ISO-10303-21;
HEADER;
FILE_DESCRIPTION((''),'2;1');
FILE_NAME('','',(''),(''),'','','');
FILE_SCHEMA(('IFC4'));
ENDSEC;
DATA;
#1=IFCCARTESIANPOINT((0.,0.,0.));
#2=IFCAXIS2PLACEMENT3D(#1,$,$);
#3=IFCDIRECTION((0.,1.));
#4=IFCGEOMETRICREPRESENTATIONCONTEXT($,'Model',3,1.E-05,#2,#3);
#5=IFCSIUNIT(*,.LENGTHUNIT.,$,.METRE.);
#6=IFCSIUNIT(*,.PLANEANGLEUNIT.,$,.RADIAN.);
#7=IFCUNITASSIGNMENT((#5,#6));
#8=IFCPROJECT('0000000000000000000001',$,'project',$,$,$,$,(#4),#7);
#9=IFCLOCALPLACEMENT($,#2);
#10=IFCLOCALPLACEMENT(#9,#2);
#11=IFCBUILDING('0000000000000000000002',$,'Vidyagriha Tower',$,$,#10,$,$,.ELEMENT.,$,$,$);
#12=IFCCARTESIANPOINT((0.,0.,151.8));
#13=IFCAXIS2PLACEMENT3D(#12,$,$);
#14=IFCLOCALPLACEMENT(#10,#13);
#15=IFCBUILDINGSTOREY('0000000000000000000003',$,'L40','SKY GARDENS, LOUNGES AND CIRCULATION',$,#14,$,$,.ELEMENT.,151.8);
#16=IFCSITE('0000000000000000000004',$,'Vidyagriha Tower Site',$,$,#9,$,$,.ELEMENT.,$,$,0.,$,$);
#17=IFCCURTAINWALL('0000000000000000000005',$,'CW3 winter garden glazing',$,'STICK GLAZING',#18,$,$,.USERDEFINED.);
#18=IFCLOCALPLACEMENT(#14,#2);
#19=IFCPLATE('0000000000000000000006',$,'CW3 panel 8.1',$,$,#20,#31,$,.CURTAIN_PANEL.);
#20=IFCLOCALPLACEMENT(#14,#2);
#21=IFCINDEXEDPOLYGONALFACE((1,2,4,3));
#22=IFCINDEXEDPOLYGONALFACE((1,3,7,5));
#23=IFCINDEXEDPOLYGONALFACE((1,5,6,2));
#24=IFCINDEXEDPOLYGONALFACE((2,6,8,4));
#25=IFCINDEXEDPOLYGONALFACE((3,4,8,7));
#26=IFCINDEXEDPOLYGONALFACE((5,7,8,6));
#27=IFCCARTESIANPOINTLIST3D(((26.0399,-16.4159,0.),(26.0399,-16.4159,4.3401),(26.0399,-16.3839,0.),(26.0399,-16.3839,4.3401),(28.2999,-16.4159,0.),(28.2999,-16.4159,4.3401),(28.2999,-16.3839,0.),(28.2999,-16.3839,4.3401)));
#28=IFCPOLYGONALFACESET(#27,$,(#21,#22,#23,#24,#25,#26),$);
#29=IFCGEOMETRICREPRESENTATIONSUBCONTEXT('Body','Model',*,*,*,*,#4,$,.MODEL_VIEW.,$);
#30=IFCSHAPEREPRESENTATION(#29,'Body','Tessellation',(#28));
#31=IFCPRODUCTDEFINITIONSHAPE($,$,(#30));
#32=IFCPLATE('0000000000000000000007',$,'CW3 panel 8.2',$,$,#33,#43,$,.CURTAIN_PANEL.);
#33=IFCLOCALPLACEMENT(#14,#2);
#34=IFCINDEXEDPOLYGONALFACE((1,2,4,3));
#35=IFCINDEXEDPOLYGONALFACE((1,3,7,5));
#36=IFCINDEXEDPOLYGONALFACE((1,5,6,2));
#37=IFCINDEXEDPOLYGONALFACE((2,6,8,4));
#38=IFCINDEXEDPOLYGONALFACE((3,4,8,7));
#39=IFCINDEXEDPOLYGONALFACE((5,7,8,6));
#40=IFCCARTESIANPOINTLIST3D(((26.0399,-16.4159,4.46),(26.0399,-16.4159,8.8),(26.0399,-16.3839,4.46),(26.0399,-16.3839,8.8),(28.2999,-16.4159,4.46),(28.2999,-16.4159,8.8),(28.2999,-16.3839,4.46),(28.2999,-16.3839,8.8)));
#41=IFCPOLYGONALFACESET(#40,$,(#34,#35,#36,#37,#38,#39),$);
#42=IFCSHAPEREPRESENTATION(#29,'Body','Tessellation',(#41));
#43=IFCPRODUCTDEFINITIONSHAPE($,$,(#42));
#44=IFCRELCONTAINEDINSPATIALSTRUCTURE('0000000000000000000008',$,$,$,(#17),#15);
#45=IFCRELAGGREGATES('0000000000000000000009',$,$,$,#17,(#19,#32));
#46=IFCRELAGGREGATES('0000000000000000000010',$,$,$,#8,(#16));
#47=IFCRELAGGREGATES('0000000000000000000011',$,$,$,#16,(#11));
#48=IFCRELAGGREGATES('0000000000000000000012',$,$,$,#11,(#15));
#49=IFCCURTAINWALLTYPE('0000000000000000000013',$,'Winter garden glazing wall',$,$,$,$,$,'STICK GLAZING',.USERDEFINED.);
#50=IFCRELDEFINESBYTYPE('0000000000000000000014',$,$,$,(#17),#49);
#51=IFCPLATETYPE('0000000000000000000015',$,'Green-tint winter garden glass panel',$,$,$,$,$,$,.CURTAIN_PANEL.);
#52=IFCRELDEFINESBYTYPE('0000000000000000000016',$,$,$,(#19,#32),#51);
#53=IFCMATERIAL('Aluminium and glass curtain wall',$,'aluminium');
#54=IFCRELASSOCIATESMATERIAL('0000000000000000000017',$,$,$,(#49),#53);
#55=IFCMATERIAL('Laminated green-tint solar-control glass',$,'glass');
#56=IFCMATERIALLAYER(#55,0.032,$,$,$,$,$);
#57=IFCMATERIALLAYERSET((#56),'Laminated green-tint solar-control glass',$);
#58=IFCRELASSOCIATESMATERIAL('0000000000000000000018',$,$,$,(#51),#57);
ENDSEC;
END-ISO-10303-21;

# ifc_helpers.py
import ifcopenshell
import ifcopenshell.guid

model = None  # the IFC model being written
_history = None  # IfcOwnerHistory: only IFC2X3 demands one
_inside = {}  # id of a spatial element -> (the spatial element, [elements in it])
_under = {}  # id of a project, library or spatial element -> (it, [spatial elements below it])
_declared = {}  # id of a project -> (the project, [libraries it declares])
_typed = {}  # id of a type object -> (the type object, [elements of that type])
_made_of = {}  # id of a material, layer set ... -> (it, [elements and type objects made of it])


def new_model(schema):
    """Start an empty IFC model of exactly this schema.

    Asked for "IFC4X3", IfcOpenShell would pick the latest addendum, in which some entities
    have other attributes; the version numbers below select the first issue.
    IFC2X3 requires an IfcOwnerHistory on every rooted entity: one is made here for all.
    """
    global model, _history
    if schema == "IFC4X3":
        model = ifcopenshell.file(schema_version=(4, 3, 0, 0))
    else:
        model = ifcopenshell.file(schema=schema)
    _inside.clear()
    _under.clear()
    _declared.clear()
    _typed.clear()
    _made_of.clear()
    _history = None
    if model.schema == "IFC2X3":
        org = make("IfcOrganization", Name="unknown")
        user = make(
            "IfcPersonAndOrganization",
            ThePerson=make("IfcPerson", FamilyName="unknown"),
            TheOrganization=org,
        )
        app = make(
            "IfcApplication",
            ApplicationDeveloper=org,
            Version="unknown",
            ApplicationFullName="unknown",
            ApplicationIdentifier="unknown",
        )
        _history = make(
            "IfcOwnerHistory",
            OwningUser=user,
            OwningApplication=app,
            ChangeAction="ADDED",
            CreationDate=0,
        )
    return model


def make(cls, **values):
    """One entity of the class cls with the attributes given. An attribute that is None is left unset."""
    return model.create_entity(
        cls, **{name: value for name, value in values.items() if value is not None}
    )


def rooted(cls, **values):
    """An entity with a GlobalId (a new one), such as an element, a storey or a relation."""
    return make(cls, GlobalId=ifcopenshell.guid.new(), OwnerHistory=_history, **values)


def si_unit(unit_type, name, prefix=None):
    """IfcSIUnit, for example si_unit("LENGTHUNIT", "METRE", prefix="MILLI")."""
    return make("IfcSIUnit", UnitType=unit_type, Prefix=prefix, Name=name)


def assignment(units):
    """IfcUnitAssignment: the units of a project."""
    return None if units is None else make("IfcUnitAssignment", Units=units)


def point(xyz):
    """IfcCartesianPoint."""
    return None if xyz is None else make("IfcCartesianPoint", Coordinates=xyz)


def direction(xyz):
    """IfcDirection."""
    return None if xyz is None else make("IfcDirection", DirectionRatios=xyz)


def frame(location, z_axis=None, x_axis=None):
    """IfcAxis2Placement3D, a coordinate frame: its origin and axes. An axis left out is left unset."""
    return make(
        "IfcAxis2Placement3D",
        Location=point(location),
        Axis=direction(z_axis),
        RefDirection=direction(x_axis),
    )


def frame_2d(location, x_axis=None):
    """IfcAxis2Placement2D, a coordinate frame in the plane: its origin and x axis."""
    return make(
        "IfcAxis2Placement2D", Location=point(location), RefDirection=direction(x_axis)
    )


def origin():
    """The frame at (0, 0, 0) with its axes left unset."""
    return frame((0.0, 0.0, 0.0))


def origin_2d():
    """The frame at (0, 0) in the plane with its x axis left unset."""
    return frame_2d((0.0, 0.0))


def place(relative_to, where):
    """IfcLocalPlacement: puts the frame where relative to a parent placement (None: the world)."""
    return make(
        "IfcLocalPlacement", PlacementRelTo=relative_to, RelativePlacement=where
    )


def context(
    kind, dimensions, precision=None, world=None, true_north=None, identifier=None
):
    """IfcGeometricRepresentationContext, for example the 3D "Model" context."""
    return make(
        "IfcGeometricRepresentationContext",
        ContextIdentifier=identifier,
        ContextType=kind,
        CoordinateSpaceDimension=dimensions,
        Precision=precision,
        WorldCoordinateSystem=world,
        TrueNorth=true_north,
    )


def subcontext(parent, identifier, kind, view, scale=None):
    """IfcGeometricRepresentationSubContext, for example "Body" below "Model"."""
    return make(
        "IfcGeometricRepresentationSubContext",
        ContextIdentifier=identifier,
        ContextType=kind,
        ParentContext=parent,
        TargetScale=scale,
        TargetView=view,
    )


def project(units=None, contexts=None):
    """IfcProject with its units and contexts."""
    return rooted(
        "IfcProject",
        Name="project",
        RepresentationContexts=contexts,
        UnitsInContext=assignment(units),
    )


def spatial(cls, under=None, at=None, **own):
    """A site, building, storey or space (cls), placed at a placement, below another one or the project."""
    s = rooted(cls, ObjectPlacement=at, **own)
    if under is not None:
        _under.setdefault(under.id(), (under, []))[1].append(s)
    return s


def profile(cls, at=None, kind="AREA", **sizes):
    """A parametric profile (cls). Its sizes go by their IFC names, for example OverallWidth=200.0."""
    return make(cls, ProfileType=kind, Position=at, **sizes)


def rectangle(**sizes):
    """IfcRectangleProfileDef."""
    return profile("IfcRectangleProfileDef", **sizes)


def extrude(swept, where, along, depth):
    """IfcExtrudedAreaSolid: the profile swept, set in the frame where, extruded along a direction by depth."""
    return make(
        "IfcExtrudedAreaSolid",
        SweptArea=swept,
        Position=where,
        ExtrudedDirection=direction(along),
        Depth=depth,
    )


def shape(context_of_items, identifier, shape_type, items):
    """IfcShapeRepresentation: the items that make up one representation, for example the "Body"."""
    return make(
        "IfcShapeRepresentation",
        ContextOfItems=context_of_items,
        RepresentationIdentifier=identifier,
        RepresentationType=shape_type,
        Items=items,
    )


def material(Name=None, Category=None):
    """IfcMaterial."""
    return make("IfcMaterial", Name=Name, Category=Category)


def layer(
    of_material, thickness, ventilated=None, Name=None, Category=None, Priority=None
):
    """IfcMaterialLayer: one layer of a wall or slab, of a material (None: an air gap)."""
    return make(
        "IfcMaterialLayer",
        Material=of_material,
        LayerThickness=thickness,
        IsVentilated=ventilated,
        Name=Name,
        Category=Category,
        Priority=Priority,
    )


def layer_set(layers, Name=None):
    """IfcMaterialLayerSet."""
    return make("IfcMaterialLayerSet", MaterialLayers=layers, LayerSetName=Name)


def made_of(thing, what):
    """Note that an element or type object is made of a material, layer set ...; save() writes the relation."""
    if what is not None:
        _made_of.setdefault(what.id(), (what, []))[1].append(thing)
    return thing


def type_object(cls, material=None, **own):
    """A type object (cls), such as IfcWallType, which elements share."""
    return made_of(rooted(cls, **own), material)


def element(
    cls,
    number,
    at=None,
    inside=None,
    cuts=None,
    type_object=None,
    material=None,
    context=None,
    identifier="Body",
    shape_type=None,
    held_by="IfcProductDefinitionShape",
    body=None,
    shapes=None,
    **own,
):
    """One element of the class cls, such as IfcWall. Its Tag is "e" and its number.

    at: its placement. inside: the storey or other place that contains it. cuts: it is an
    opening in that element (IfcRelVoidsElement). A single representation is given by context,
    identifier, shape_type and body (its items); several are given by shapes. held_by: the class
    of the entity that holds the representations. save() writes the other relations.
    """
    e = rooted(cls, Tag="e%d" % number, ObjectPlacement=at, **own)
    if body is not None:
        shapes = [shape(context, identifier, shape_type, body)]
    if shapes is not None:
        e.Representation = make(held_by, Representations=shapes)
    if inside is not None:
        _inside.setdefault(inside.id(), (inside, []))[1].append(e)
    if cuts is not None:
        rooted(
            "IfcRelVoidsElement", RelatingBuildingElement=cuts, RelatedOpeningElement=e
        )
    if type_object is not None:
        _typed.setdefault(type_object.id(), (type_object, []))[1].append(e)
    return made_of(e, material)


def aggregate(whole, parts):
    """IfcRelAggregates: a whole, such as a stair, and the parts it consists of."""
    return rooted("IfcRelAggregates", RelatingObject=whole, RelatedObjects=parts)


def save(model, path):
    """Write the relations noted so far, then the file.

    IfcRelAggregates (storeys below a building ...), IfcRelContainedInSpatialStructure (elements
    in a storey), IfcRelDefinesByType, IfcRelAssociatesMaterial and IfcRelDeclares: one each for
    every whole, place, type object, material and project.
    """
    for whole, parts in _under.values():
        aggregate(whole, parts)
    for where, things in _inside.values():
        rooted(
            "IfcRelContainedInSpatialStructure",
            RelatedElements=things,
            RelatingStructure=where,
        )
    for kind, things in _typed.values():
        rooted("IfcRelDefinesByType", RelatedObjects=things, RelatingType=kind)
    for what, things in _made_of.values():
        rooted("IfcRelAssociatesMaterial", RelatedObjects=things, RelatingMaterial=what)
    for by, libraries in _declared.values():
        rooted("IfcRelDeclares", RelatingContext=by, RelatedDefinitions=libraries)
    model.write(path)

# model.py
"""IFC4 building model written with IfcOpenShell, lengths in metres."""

from ifc_helpers import new_model, si_unit, direction, frame, origin, origin_2d, place, context, subcontext, project, spatial, rectangle, extrude, material, layer, layer_set, type_object, element, aggregate, save


model = new_model("IFC4")

# Units and contexts
model_context = context("Model", 3, precision=1e-05, world=origin(), true_north=direction((0.0, 1.0)))
body_context = subcontext(model_context, "Body", "Model", "MODEL_VIEW")
ifc_project = project(units=[si_unit("LENGTHUNIT", "METRE"), si_unit("PLANEANGLEUNIT", "RADIAN")], contexts=[model_context])

# Site, building, storey
site_placement = place(None, origin())
site = spatial("IfcSite", under=ifc_project, at=site_placement, Name="Vidyagriha Tower Site", CompositionType="ELEMENT", RefElevation=0.0)
building_placement = place(site_placement, origin())
building = spatial("IfcBuilding", under=site, at=building_placement, Name="Vidyagriha Tower", CompositionType="ELEMENT")
storey_placement = place(building_placement, frame((0.0, 0.0, 151.8)))
storey = spatial("IfcBuildingStorey", under=building, at=storey_placement, Name="L40", Description="SKY GARDENS, LOUNGES AND CIRCULATION", CompositionType="ELEMENT", Elevation=151.8)

# Curtain wall
ifc_material_1 = material(Name="Aluminium and glass curtain wall", Category="aluminium")
curtain_wall_type = type_object("IfcCurtainWallType", Name="Winter garden glazing wall", ElementType="STICK GLAZING", PredefinedType="USERDEFINED", material=ifc_material_1)
curtain_wall_1_placement = place(storey_placement, origin())
curtain_wall_1 = element("IfcCurtainWall", 1, at=curtain_wall_1_placement, inside=storey, type_object=curtain_wall_type, Name="CW3 winter garden glazing", ObjectType="STICK GLAZING", PredefinedType="USERDEFINED")

# Plates
ifc_material_2 = material(Name="Laminated green-tint solar-control glass", Category="glass")
ifc_layer = layer(ifc_material_2, 0.032)
ifc_layer_set = layer_set([ifc_layer], Name="Laminated green-tint solar-control glass")
plate_type = type_object("IfcPlateType", Name="Green-tint winter garden glass panel", PredefinedType="CURTAIN_PANEL", material=ifc_layer_set)
plate_1_placement = place(storey_placement, frame((27.1699, -16.3999, 0.0)))
plate_1 = element("IfcPlate", 2, at=plate_1_placement, type_object=plate_type, Name="CW3 panel 8.1", PredefinedType="CURTAIN_PANEL", context=body_context, shape_type="SweptSolid", body=[
    extrude(rectangle(XDim=2.26, YDim=0.032, at=origin_2d()), origin(), (0.0, 0.0, 1.0), 4.3401),
])
plate_2_placement = place(storey_placement, frame((27.1699, -16.3999, 4.46)))
plate_2 = element("IfcPlate", 3, at=plate_2_placement, type_object=plate_type, Name="CW3 panel 8.2", PredefinedType="CURTAIN_PANEL", context=body_context, shape_type="SweptSolid", body=[
    extrude(rectangle(XDim=2.26, YDim=0.032, at=origin_2d()), origin(), (0.0, 0.0, 1.0), 4.3401),
])
aggregate(curtain_wall_1, [plate_1, plate_2])

save(model, "model.ifc")
